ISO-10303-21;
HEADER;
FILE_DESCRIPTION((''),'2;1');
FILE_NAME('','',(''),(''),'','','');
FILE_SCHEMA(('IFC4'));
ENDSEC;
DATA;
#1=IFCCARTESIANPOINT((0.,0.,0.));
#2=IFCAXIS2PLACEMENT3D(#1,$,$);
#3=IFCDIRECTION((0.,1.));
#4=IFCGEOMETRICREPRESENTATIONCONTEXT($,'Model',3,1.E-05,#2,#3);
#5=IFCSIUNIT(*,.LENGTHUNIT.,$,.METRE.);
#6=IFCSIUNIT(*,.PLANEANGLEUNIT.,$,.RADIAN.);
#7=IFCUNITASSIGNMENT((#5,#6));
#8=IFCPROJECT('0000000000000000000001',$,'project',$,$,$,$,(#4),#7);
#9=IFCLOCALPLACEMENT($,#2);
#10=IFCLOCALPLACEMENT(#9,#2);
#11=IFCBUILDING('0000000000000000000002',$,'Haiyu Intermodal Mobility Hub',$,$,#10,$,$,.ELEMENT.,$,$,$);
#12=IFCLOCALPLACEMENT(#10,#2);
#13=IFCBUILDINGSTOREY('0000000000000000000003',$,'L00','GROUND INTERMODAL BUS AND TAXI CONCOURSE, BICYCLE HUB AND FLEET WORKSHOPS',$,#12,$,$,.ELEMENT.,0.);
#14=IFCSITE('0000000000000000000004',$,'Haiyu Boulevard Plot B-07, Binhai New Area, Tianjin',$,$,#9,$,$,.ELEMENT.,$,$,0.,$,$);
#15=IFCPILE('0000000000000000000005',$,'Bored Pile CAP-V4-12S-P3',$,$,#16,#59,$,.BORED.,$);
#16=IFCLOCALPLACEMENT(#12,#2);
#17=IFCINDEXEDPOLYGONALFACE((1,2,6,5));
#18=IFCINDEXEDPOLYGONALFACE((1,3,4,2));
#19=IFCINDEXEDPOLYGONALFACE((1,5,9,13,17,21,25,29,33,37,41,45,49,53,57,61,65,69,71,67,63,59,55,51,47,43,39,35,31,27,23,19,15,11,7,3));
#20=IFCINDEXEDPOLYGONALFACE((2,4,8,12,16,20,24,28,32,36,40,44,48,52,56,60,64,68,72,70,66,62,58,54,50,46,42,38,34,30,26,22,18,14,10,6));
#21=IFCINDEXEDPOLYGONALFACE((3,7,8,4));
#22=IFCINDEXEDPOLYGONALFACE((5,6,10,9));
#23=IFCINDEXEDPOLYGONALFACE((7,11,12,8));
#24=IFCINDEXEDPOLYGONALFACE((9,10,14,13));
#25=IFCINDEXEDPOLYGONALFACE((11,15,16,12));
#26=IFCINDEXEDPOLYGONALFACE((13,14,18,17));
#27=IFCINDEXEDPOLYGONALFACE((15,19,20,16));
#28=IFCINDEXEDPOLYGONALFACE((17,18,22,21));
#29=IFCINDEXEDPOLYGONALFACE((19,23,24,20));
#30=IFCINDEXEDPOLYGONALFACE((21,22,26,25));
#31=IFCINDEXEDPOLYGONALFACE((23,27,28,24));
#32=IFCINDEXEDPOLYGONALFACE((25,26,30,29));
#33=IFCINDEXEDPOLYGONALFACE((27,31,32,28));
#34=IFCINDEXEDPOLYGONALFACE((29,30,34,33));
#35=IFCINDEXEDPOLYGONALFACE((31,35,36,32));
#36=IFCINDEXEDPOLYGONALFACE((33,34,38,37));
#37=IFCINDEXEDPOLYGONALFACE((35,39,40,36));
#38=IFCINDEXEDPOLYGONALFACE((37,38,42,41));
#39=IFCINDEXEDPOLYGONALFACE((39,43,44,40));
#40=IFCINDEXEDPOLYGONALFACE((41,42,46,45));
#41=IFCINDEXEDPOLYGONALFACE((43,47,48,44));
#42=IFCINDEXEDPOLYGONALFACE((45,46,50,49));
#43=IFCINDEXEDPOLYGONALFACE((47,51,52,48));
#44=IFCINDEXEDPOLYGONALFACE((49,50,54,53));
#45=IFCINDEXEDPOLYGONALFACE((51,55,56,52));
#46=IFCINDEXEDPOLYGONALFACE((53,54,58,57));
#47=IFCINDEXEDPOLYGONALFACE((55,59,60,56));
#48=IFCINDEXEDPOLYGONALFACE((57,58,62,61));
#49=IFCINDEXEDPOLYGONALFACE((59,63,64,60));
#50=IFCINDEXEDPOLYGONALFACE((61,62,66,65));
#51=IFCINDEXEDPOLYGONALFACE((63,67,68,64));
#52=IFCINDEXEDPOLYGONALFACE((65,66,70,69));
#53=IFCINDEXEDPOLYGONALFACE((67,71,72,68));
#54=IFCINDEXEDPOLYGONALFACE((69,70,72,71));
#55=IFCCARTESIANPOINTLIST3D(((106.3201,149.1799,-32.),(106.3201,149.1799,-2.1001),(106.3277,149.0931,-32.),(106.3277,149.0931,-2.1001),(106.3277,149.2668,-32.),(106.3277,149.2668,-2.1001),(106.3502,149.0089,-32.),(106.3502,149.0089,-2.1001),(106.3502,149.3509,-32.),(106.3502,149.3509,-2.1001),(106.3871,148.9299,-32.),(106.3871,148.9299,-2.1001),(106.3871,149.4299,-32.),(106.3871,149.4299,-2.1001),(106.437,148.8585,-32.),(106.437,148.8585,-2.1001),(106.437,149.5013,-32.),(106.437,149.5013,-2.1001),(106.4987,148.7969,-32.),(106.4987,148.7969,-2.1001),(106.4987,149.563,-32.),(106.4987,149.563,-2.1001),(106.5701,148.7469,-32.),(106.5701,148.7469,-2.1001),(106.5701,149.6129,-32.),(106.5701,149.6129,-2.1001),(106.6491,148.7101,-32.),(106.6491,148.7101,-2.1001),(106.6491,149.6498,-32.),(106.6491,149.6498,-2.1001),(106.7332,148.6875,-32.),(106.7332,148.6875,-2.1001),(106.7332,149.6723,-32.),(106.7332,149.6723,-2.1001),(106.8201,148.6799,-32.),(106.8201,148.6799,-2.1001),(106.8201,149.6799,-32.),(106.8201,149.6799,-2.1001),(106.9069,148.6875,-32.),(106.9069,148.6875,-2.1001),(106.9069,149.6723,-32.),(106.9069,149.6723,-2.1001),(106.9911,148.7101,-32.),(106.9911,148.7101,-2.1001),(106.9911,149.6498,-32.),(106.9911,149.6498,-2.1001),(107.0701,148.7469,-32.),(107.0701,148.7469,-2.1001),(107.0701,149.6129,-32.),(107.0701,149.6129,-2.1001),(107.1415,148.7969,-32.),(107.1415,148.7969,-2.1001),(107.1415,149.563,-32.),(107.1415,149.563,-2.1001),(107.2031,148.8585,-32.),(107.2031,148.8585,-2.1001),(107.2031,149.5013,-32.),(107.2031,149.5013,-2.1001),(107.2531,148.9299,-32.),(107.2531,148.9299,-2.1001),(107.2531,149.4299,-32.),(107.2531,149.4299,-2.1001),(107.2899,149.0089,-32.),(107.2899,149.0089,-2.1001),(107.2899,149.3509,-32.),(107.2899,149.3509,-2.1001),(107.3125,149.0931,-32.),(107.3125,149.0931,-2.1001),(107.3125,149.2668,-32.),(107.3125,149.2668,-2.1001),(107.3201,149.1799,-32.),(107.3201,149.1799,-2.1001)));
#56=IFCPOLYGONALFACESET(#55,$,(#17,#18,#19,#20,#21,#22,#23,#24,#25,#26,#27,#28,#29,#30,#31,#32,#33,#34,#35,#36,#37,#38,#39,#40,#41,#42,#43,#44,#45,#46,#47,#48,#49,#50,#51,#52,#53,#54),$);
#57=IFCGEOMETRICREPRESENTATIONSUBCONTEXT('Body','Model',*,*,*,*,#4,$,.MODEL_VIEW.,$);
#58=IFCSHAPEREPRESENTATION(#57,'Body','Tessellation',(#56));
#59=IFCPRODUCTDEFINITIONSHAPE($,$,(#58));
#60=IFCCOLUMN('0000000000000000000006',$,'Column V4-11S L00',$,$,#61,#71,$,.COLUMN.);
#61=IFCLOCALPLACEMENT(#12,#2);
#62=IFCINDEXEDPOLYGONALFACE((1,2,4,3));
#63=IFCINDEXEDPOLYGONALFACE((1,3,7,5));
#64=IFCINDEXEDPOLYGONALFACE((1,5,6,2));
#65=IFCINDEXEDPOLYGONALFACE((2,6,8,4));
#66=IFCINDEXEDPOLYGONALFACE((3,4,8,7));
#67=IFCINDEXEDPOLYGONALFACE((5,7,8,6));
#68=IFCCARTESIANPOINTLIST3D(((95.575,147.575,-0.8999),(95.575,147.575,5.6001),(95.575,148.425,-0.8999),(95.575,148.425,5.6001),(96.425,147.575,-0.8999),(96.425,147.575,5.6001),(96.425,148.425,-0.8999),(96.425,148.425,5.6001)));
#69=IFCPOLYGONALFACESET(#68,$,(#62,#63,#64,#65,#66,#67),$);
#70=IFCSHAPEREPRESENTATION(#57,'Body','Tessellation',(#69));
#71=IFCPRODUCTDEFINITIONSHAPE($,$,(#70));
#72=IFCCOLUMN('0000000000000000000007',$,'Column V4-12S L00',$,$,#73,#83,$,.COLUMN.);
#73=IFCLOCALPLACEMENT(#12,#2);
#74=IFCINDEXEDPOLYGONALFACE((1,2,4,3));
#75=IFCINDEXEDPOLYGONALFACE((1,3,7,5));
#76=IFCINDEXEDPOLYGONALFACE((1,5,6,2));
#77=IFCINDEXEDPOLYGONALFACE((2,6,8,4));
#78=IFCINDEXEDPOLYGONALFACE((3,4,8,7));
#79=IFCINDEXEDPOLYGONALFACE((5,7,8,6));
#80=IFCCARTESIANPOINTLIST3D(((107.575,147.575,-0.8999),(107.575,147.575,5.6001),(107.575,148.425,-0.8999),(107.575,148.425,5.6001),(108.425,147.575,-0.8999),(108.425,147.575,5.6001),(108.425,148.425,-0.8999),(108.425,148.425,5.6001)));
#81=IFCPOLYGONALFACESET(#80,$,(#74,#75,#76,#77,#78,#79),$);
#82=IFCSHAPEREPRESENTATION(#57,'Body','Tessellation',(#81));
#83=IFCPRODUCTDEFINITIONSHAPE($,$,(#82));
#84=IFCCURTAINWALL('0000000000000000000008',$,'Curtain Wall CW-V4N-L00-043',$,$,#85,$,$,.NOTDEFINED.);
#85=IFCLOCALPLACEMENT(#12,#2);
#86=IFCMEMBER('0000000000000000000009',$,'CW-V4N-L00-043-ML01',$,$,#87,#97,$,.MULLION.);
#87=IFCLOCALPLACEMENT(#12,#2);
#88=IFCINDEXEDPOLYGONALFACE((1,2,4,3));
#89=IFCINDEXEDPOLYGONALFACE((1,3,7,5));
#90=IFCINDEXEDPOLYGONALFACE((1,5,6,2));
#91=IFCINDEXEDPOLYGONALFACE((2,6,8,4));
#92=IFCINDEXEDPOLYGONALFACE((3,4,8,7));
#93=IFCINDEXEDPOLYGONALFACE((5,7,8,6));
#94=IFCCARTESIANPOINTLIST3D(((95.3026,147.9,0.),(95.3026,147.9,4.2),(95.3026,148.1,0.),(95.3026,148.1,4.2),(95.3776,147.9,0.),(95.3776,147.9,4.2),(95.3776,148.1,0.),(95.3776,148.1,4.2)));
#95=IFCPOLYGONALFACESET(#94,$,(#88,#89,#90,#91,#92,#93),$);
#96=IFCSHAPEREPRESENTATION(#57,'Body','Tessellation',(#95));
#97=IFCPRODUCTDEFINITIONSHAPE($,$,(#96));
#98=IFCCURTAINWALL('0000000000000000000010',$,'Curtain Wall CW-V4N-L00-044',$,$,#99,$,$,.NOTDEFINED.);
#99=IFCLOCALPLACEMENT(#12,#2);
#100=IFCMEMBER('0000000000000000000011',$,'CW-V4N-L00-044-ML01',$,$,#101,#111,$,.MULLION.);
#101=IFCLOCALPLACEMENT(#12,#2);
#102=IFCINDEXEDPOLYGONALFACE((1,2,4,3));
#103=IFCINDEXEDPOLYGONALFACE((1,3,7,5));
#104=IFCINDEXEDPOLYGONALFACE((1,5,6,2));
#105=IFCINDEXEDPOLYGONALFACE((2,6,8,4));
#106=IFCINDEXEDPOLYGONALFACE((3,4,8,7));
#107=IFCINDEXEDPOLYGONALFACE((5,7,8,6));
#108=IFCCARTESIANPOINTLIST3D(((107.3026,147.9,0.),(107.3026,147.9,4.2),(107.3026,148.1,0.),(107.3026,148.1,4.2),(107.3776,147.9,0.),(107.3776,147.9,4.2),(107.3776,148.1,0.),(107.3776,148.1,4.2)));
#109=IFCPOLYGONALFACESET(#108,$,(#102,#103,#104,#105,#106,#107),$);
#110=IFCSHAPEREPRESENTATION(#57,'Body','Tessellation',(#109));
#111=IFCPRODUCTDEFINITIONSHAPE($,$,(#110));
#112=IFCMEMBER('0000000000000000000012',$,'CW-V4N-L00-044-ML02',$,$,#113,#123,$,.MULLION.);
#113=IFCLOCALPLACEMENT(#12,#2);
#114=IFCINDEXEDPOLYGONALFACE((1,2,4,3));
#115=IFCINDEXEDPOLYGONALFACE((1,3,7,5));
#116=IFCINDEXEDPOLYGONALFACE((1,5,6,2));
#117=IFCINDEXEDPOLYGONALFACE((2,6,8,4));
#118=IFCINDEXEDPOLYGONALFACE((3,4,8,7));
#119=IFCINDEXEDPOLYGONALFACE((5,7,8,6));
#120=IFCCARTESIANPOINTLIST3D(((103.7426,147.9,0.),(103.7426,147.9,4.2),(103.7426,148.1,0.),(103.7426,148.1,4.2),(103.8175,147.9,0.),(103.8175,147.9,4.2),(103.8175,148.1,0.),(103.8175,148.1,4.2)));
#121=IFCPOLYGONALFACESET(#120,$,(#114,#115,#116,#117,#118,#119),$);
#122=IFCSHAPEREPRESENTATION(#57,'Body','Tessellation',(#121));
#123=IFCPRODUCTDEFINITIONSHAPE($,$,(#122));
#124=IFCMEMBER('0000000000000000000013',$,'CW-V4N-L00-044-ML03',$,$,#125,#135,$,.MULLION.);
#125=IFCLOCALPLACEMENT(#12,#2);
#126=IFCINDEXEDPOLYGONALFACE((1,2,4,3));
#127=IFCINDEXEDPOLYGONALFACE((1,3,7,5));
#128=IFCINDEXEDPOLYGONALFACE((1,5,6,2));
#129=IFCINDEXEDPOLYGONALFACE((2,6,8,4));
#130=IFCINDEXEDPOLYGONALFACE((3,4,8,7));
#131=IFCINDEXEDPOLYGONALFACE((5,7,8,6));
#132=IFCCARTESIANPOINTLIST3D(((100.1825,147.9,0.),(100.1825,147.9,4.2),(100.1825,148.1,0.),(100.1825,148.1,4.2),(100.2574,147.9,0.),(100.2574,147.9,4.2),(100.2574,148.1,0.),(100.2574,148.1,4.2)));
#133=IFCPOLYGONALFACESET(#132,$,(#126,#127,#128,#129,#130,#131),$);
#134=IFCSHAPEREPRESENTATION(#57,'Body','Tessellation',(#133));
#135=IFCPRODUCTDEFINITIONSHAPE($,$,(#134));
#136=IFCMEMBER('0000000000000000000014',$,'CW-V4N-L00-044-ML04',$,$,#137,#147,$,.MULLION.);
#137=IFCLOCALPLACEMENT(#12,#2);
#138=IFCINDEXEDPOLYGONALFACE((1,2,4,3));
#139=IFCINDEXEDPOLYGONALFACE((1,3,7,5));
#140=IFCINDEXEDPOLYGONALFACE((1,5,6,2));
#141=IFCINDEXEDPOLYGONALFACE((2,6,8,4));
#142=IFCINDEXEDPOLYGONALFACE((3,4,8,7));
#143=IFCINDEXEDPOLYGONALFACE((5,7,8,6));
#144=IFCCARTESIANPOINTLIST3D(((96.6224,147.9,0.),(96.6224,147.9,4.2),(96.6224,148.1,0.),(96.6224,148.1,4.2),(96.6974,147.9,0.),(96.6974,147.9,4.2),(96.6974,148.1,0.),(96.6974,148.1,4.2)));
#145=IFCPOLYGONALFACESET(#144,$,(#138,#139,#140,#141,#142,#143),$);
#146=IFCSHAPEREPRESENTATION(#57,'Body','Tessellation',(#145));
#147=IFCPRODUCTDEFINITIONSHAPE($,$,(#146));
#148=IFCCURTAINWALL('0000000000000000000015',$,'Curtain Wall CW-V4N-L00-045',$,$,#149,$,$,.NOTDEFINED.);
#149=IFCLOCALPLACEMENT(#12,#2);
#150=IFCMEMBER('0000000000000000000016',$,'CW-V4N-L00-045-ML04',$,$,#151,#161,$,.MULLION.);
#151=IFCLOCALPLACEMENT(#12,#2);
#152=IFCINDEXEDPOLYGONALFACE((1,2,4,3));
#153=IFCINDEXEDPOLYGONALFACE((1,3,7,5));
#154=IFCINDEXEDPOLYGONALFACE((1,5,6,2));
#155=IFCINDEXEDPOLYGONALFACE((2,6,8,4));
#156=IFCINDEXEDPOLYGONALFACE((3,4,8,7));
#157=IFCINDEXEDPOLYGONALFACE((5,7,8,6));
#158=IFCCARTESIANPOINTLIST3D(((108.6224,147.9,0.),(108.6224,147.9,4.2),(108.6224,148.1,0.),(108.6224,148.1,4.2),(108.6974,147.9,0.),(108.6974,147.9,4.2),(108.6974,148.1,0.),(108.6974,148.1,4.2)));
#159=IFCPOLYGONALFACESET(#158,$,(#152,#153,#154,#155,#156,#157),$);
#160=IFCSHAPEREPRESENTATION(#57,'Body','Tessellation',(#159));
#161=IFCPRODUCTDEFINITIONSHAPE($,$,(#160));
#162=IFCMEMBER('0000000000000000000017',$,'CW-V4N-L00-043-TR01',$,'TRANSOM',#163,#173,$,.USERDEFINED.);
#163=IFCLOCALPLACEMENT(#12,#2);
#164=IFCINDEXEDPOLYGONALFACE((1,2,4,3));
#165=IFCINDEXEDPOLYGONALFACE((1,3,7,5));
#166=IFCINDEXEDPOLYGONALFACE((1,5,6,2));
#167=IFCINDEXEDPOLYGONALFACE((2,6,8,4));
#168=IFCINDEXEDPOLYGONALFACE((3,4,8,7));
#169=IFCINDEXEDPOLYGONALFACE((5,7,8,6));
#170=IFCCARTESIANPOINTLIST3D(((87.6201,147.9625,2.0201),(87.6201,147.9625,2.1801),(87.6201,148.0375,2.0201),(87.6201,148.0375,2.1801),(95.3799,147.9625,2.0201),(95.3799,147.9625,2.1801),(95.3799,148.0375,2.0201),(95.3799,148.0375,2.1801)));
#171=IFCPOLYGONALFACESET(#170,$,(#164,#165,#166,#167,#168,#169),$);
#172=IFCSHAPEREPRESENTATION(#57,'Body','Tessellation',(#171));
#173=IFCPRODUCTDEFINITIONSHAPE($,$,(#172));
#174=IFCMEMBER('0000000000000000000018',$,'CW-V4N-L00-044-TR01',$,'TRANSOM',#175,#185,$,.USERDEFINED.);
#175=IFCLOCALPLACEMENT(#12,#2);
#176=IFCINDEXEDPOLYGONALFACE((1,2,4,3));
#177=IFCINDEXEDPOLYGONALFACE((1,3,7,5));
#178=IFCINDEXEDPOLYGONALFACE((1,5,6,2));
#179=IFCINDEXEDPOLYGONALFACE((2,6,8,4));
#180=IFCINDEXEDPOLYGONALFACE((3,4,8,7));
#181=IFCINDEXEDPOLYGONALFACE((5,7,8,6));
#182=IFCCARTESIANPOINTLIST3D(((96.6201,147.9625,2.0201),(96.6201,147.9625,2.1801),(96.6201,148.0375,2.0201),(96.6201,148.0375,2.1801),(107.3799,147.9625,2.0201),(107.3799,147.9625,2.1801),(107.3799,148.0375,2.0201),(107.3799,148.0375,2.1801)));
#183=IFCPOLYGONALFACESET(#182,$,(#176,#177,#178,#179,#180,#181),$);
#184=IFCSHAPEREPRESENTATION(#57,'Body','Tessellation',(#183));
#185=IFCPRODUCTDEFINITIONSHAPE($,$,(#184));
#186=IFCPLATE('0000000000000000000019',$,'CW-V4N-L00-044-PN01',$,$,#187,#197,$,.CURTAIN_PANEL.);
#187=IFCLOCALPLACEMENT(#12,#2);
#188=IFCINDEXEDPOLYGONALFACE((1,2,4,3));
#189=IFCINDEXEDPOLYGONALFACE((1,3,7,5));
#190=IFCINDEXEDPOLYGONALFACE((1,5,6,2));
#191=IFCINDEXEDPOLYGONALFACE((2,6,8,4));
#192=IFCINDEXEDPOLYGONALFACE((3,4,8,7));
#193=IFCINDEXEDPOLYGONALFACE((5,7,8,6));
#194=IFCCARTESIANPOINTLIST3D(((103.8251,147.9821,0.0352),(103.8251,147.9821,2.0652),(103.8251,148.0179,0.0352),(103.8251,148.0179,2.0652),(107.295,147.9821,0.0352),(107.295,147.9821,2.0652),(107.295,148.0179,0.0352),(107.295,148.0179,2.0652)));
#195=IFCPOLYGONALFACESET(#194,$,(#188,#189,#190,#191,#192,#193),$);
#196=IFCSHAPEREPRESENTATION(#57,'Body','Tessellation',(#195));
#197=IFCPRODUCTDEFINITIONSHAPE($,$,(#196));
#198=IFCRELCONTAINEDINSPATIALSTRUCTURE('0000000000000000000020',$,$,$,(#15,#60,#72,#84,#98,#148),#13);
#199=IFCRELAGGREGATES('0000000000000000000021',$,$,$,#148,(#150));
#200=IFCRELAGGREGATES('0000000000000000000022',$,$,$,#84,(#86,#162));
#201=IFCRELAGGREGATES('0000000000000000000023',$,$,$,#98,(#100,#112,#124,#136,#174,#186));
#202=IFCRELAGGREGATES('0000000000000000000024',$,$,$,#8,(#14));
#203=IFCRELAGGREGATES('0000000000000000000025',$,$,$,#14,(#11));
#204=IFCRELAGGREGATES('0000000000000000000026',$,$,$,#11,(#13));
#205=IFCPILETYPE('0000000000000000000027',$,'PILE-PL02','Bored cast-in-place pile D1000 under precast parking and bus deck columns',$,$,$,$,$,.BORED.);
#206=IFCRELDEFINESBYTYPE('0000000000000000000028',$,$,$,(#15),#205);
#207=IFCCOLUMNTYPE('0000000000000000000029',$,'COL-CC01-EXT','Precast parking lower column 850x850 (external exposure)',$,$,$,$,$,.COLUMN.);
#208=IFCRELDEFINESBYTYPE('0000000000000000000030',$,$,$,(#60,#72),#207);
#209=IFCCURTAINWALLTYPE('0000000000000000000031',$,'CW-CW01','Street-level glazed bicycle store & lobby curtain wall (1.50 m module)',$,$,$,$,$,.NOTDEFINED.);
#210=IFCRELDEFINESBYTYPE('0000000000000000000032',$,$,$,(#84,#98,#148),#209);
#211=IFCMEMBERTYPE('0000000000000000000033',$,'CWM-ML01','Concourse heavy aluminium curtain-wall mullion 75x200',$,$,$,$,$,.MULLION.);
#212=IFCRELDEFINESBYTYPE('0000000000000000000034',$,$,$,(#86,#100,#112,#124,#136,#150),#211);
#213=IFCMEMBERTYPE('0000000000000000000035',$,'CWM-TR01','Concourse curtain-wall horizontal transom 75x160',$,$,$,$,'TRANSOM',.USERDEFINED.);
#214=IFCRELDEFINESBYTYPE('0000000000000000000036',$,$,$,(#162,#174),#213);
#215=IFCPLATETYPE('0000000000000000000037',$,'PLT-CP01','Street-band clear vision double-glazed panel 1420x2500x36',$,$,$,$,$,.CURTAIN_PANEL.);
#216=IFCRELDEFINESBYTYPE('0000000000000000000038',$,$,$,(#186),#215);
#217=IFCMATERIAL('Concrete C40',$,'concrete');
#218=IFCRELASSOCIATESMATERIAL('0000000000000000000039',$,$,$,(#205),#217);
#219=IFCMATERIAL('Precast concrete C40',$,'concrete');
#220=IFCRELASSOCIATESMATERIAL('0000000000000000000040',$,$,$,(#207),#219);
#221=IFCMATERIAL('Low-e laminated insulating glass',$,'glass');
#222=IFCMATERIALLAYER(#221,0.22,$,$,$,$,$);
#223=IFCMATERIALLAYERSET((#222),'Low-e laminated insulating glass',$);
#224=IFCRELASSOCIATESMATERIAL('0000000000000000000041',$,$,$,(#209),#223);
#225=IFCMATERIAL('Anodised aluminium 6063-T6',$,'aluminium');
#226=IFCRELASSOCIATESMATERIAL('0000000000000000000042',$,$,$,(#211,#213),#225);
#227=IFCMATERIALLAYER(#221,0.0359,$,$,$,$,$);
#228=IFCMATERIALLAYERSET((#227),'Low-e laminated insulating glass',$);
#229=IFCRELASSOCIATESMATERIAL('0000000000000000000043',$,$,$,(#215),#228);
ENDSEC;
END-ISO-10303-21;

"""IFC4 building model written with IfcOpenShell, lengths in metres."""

from ifc_helpers import new_model, si_unit, direction, frame, origin, origin_2d, place, context, subcontext, project, spatial, rectangle, circle, extrude, material, layer, layer_set, material_profile, profile_set, type_object, element, aggregate, save


model = new_model("IFC4")

# Units and contexts
model_context = context("Model", 3, precision=1e-05, world=origin(), true_north=direction((0.0, 1.0)))
body_context = subcontext(model_context, "Body", "Model", "MODEL_VIEW")
ifc_project = project(units=[si_unit("LENGTHUNIT", "METRE"), si_unit("PLANEANGLEUNIT", "RADIAN")], contexts=[model_context])

# Site, building, storey
site_placement = place(None, origin())
site = spatial("IfcSite", under=ifc_project, at=site_placement, Name="Haiyu Boulevard Plot B-07, Binhai New Area, Tianjin", CompositionType="ELEMENT", RefElevation=0.0)
building_placement = place(site_placement, origin())
building = spatial("IfcBuilding", under=site, at=building_placement, Name="Haiyu Intermodal Mobility Hub", CompositionType="ELEMENT")
storey_placement = place(building_placement, origin())
storey = spatial("IfcBuildingStorey", under=building, at=storey_placement, Name="L00", Description="GROUND INTERMODAL BUS AND TAXI CONCOURSE, BICYCLE HUB AND FLEET WORKSHOPS", CompositionType="ELEMENT", Elevation=0.0)

# Shared definitions
ifc_material_1 = material(Name="Concrete C40", Category="concrete")

# Pile
ifc_material_profile_1 = material_profile(ifc_material_1, circle(Radius=0.5, at=origin_2d()), Name="PILE-D1000")
ifc_profile_set_1 = profile_set([ifc_material_profile_1], Name="Concrete C40")
pile_type = type_object("IfcPileType", Name="PILE-PL02", Description="Bored cast-in-place pile D1000 under precast parking and bus deck columns", PredefinedType="BORED", material=ifc_profile_set_1)
for number, where, z_axis, x_axis, name in (
    (1, (106.8201, 149.1799, -2.1001), (0.0, 0.0, -1.0), (1.0, 0.0, 0.0), "Bored Pile CAP-V4-12S-P3"),
):
    element("IfcPile", number, at=place(storey_placement, frame(where, z_axis=z_axis, x_axis=x_axis)), inside=storey, type_object=pile_type, Name=name, PredefinedType="BORED", context=body_context, shape_type="SweptSolid", body=[
        extrude(circle(Radius=0.5, at=origin_2d()), origin(), (0.0, 0.0, 1.0), 29.8999),
    ])

# Columns
ifc_material_2 = material(Name="Precast concrete C40", Category="concrete")
ifc_material_profile_2 = material_profile(ifc_material_2, rectangle(XDim=0.8501, YDim=0.8501, at=origin_2d()), Name="RC850x850")
ifc_profile_set_2 = profile_set([ifc_material_profile_2], Name="Precast concrete C40")
column_type = type_object("IfcColumnType", Name="COL-CC01-EXT", Description="Precast parking lower column 850x850 (external exposure)", PredefinedType="COLUMN", material=ifc_profile_set_2)
for number, where, z_axis, x_axis, name in (
    (2, (96.0, 148.0, -0.8999), (0.0, 0.0, 1.0), (1.0, 0.0, 0.0), "Column V4-11S L00"),
    (3, (108.0, 148.0, -0.8999), (0.0, 0.0, 1.0), (1.0, 0.0, 0.0), "Column V4-12S L00"),
):
    element("IfcColumn", number, at=place(storey_placement, frame(where, z_axis=z_axis, x_axis=x_axis)), inside=storey, type_object=column_type, Name=name, PredefinedType="COLUMN", context=body_context, shape_type="SweptSolid", body=[
        extrude(rectangle(XDim=0.8501, YDim=0.8501, at=origin_2d()), origin(), (0.0, 0.0, 1.0), 6.5),
    ])

# Curtain wall, member
ifc_material_3 = material(Name="Low-e laminated insulating glass", Category="glass")
ifc_layer_1 = layer(ifc_material_3, 0.22)
ifc_layer_set_1 = layer_set([ifc_layer_1], Name="Low-e laminated insulating glass")
curtain_wall_type = type_object("IfcCurtainWallType", Name="CW-CW01", Description="Street-level glazed bicycle store & lobby curtain wall (1.50 m module)", PredefinedType="NOTDEFINED", material=ifc_layer_set_1)
curtain_wall_1_placement = place(storey_placement, origin())
curtain_wall_1 = element("IfcCurtainWall", 4, at=curtain_wall_1_placement, inside=storey, type_object=curtain_wall_type, Name="Curtain Wall CW-V4N-L00-043", PredefinedType="NOTDEFINED")
ifc_material_4 = material(Name="Anodised aluminium 6063-T6", Category="aluminium")
ifc_material_profile_3 = material_profile(ifc_material_4, rectangle(XDim=0.075, YDim=0.2, at=origin_2d()), Name="ALU75x200")
ifc_profile_set_3 = profile_set([ifc_material_profile_3], Name="Anodised aluminium 6063-T6")
member_type_1 = type_object("IfcMemberType", Name="CWM-ML01", Description="Concourse heavy aluminium curtain-wall mullion 75x200", PredefinedType="MULLION", material=ifc_profile_set_3)
member_1_placement = place(storey_placement, frame((95.3401, 148.0, 0.0), z_axis=(0.0, 0.0, 1.0), x_axis=(1.0, 0.0, 0.0)))
member_1 = element("IfcMember", 5, at=member_1_placement, type_object=member_type_1, Name="CW-V4N-L00-043-ML01", PredefinedType="MULLION", context=body_context, shape_type="SweptSolid", body=[
    extrude(rectangle(XDim=0.075, YDim=0.2, at=origin_2d()), origin(), (0.0, 0.0, 1.0), 4.2),
])

# Curtain wall, members
curtain_wall_2_placement = place(storey_placement, origin())
curtain_wall_2 = element("IfcCurtainWall", 6, at=curtain_wall_2_placement, inside=storey, type_object=curtain_wall_type, Name="Curtain Wall CW-V4N-L00-044", PredefinedType="NOTDEFINED")
member_2_placement = place(storey_placement, frame((107.3401, 148.0, 0.0), z_axis=(0.0, 0.0, 1.0), x_axis=(1.0, 0.0, 0.0)))
member_2 = element("IfcMember", 7, at=member_2_placement, type_object=member_type_1, Name="CW-V4N-L00-044-ML01", PredefinedType="MULLION", context=body_context, shape_type="SweptSolid", body=[
    extrude(rectangle(XDim=0.075, YDim=0.2, at=origin_2d()), origin(), (0.0, 0.0, 1.0), 4.2),
])
member_3_placement = place(storey_placement, frame((103.78, 148.0, 0.0), z_axis=(0.0, 0.0, 1.0), x_axis=(1.0, 0.0, 0.0)))
member_3 = element("IfcMember", 8, at=member_3_placement, type_object=member_type_1, Name="CW-V4N-L00-044-ML02", PredefinedType="MULLION", context=body_context, shape_type="SweptSolid", body=[
    extrude(rectangle(XDim=0.075, YDim=0.2, at=origin_2d()), origin(), (0.0, 0.0, 1.0), 4.2),
])
member_4_placement = place(storey_placement, frame((100.22, 148.0, 0.0), z_axis=(0.0, 0.0, 1.0), x_axis=(1.0, 0.0, 0.0)))
member_4 = element("IfcMember", 9, at=member_4_placement, type_object=member_type_1, Name="CW-V4N-L00-044-ML03", PredefinedType="MULLION", context=body_context, shape_type="SweptSolid", body=[
    extrude(rectangle(XDim=0.075, YDim=0.2, at=origin_2d()), origin(), (0.0, 0.0, 1.0), 4.2),
])
member_5_placement = place(storey_placement, frame((96.6599, 148.0, 0.0), z_axis=(0.0, 0.0, 1.0), x_axis=(1.0, 0.0, 0.0)))
member_5 = element("IfcMember", 10, at=member_5_placement, type_object=member_type_1, Name="CW-V4N-L00-044-ML04", PredefinedType="MULLION", context=body_context, shape_type="SweptSolid", body=[
    extrude(rectangle(XDim=0.075, YDim=0.2, at=origin_2d()), origin(), (0.0, 0.0, 1.0), 4.2),
])

# Curtain wall, member
curtain_wall_3_placement = place(storey_placement, origin())
curtain_wall_3 = element("IfcCurtainWall", 11, at=curtain_wall_3_placement, inside=storey, type_object=curtain_wall_type, Name="Curtain Wall CW-V4N-L00-045", PredefinedType="NOTDEFINED")
member_6_placement = place(storey_placement, frame((108.6599, 148.0, 0.0), z_axis=(0.0, 0.0, 1.0), x_axis=(1.0, 0.0, 0.0)))
member_6 = element("IfcMember", 12, at=member_6_placement, type_object=member_type_1, Name="CW-V4N-L00-045-ML04", PredefinedType="MULLION", context=body_context, shape_type="SweptSolid", body=[
    extrude(rectangle(XDim=0.075, YDim=0.2, at=origin_2d()), origin(), (0.0, 0.0, 1.0), 4.2),
])
aggregate(curtain_wall_3, [member_6])

# Members
ifc_material_profile_4 = material_profile(ifc_material_4, rectangle(XDim=0.075, YDim=0.1599, at=origin_2d()), Name="ALU75x160")
ifc_profile_set_4 = profile_set([ifc_material_profile_4], Name="Anodised aluminium 6063-T6")
member_type_2 = type_object("IfcMemberType", Name="CWM-TR01", Description="Concourse curtain-wall horizontal transom 75x160", ElementType="TRANSOM", PredefinedType="USERDEFINED", material=ifc_profile_set_4)
member_7_placement = place(storey_placement, frame((95.3799, 148.0, 2.1001), z_axis=(-1.0, 0.0, 0.0), x_axis=(0.0, -1.0, 0.0)))
member_7 = element("IfcMember", 13, at=member_7_placement, type_object=member_type_2, Name="CW-V4N-L00-043-TR01", ObjectType="TRANSOM", PredefinedType="USERDEFINED", context=body_context, shape_type="SweptSolid", body=[
    extrude(rectangle(XDim=0.075, YDim=0.1599, at=origin_2d()), origin(), (0.0, 0.0, 1.0), 7.7598),
])
aggregate(curtain_wall_1, [member_1, member_7])
member_8_placement = place(storey_placement, frame((107.3799, 148.0, 2.1001), z_axis=(-1.0, 0.0, 0.0), x_axis=(0.0, -1.0, 0.0)))
member_8 = element("IfcMember", 14, at=member_8_placement, type_object=member_type_2, Name="CW-V4N-L00-044-TR01", ObjectType="TRANSOM", PredefinedType="USERDEFINED", context=body_context, shape_type="SweptSolid", body=[
    extrude(rectangle(XDim=0.075, YDim=0.1599, at=origin_2d()), origin(), (0.0, 0.0, 1.0), 10.7598),
])

# Plate
ifc_layer_2 = layer(ifc_material_3, 0.0359)
ifc_layer_set_2 = layer_set([ifc_layer_2], Name="Low-e laminated insulating glass")
plate_type_1 = type_object("IfcPlateType", Name="PLT-CP01", Description="Street-band clear vision double-glazed panel 1420x2500x36", PredefinedType="CURTAIN_PANEL", material=ifc_layer_set_2)
plate_1_placement = place(storey_placement, frame((105.5601, 148.0, 0.0352), z_axis=(0.0, 0.0, 1.0), x_axis=(-1.0, 0.0, 0.0)))
plate_1 = element("IfcPlate", 15, at=plate_1_placement, type_object=plate_type_1, Name="CW-V4N-L00-044-PN01", PredefinedType="CURTAIN_PANEL", context=body_context, shape_type="SweptSolid", body=[
    extrude(rectangle(XDim=3.47, YDim=0.0359, at=origin_2d()), origin(), (0.0, 0.0, 1.0), 2.03),
])
aggregate(curtain_wall_2, [member_2, member_3, member_4, member_5, member_8, plate_1])

save(model, "model.ifc")
